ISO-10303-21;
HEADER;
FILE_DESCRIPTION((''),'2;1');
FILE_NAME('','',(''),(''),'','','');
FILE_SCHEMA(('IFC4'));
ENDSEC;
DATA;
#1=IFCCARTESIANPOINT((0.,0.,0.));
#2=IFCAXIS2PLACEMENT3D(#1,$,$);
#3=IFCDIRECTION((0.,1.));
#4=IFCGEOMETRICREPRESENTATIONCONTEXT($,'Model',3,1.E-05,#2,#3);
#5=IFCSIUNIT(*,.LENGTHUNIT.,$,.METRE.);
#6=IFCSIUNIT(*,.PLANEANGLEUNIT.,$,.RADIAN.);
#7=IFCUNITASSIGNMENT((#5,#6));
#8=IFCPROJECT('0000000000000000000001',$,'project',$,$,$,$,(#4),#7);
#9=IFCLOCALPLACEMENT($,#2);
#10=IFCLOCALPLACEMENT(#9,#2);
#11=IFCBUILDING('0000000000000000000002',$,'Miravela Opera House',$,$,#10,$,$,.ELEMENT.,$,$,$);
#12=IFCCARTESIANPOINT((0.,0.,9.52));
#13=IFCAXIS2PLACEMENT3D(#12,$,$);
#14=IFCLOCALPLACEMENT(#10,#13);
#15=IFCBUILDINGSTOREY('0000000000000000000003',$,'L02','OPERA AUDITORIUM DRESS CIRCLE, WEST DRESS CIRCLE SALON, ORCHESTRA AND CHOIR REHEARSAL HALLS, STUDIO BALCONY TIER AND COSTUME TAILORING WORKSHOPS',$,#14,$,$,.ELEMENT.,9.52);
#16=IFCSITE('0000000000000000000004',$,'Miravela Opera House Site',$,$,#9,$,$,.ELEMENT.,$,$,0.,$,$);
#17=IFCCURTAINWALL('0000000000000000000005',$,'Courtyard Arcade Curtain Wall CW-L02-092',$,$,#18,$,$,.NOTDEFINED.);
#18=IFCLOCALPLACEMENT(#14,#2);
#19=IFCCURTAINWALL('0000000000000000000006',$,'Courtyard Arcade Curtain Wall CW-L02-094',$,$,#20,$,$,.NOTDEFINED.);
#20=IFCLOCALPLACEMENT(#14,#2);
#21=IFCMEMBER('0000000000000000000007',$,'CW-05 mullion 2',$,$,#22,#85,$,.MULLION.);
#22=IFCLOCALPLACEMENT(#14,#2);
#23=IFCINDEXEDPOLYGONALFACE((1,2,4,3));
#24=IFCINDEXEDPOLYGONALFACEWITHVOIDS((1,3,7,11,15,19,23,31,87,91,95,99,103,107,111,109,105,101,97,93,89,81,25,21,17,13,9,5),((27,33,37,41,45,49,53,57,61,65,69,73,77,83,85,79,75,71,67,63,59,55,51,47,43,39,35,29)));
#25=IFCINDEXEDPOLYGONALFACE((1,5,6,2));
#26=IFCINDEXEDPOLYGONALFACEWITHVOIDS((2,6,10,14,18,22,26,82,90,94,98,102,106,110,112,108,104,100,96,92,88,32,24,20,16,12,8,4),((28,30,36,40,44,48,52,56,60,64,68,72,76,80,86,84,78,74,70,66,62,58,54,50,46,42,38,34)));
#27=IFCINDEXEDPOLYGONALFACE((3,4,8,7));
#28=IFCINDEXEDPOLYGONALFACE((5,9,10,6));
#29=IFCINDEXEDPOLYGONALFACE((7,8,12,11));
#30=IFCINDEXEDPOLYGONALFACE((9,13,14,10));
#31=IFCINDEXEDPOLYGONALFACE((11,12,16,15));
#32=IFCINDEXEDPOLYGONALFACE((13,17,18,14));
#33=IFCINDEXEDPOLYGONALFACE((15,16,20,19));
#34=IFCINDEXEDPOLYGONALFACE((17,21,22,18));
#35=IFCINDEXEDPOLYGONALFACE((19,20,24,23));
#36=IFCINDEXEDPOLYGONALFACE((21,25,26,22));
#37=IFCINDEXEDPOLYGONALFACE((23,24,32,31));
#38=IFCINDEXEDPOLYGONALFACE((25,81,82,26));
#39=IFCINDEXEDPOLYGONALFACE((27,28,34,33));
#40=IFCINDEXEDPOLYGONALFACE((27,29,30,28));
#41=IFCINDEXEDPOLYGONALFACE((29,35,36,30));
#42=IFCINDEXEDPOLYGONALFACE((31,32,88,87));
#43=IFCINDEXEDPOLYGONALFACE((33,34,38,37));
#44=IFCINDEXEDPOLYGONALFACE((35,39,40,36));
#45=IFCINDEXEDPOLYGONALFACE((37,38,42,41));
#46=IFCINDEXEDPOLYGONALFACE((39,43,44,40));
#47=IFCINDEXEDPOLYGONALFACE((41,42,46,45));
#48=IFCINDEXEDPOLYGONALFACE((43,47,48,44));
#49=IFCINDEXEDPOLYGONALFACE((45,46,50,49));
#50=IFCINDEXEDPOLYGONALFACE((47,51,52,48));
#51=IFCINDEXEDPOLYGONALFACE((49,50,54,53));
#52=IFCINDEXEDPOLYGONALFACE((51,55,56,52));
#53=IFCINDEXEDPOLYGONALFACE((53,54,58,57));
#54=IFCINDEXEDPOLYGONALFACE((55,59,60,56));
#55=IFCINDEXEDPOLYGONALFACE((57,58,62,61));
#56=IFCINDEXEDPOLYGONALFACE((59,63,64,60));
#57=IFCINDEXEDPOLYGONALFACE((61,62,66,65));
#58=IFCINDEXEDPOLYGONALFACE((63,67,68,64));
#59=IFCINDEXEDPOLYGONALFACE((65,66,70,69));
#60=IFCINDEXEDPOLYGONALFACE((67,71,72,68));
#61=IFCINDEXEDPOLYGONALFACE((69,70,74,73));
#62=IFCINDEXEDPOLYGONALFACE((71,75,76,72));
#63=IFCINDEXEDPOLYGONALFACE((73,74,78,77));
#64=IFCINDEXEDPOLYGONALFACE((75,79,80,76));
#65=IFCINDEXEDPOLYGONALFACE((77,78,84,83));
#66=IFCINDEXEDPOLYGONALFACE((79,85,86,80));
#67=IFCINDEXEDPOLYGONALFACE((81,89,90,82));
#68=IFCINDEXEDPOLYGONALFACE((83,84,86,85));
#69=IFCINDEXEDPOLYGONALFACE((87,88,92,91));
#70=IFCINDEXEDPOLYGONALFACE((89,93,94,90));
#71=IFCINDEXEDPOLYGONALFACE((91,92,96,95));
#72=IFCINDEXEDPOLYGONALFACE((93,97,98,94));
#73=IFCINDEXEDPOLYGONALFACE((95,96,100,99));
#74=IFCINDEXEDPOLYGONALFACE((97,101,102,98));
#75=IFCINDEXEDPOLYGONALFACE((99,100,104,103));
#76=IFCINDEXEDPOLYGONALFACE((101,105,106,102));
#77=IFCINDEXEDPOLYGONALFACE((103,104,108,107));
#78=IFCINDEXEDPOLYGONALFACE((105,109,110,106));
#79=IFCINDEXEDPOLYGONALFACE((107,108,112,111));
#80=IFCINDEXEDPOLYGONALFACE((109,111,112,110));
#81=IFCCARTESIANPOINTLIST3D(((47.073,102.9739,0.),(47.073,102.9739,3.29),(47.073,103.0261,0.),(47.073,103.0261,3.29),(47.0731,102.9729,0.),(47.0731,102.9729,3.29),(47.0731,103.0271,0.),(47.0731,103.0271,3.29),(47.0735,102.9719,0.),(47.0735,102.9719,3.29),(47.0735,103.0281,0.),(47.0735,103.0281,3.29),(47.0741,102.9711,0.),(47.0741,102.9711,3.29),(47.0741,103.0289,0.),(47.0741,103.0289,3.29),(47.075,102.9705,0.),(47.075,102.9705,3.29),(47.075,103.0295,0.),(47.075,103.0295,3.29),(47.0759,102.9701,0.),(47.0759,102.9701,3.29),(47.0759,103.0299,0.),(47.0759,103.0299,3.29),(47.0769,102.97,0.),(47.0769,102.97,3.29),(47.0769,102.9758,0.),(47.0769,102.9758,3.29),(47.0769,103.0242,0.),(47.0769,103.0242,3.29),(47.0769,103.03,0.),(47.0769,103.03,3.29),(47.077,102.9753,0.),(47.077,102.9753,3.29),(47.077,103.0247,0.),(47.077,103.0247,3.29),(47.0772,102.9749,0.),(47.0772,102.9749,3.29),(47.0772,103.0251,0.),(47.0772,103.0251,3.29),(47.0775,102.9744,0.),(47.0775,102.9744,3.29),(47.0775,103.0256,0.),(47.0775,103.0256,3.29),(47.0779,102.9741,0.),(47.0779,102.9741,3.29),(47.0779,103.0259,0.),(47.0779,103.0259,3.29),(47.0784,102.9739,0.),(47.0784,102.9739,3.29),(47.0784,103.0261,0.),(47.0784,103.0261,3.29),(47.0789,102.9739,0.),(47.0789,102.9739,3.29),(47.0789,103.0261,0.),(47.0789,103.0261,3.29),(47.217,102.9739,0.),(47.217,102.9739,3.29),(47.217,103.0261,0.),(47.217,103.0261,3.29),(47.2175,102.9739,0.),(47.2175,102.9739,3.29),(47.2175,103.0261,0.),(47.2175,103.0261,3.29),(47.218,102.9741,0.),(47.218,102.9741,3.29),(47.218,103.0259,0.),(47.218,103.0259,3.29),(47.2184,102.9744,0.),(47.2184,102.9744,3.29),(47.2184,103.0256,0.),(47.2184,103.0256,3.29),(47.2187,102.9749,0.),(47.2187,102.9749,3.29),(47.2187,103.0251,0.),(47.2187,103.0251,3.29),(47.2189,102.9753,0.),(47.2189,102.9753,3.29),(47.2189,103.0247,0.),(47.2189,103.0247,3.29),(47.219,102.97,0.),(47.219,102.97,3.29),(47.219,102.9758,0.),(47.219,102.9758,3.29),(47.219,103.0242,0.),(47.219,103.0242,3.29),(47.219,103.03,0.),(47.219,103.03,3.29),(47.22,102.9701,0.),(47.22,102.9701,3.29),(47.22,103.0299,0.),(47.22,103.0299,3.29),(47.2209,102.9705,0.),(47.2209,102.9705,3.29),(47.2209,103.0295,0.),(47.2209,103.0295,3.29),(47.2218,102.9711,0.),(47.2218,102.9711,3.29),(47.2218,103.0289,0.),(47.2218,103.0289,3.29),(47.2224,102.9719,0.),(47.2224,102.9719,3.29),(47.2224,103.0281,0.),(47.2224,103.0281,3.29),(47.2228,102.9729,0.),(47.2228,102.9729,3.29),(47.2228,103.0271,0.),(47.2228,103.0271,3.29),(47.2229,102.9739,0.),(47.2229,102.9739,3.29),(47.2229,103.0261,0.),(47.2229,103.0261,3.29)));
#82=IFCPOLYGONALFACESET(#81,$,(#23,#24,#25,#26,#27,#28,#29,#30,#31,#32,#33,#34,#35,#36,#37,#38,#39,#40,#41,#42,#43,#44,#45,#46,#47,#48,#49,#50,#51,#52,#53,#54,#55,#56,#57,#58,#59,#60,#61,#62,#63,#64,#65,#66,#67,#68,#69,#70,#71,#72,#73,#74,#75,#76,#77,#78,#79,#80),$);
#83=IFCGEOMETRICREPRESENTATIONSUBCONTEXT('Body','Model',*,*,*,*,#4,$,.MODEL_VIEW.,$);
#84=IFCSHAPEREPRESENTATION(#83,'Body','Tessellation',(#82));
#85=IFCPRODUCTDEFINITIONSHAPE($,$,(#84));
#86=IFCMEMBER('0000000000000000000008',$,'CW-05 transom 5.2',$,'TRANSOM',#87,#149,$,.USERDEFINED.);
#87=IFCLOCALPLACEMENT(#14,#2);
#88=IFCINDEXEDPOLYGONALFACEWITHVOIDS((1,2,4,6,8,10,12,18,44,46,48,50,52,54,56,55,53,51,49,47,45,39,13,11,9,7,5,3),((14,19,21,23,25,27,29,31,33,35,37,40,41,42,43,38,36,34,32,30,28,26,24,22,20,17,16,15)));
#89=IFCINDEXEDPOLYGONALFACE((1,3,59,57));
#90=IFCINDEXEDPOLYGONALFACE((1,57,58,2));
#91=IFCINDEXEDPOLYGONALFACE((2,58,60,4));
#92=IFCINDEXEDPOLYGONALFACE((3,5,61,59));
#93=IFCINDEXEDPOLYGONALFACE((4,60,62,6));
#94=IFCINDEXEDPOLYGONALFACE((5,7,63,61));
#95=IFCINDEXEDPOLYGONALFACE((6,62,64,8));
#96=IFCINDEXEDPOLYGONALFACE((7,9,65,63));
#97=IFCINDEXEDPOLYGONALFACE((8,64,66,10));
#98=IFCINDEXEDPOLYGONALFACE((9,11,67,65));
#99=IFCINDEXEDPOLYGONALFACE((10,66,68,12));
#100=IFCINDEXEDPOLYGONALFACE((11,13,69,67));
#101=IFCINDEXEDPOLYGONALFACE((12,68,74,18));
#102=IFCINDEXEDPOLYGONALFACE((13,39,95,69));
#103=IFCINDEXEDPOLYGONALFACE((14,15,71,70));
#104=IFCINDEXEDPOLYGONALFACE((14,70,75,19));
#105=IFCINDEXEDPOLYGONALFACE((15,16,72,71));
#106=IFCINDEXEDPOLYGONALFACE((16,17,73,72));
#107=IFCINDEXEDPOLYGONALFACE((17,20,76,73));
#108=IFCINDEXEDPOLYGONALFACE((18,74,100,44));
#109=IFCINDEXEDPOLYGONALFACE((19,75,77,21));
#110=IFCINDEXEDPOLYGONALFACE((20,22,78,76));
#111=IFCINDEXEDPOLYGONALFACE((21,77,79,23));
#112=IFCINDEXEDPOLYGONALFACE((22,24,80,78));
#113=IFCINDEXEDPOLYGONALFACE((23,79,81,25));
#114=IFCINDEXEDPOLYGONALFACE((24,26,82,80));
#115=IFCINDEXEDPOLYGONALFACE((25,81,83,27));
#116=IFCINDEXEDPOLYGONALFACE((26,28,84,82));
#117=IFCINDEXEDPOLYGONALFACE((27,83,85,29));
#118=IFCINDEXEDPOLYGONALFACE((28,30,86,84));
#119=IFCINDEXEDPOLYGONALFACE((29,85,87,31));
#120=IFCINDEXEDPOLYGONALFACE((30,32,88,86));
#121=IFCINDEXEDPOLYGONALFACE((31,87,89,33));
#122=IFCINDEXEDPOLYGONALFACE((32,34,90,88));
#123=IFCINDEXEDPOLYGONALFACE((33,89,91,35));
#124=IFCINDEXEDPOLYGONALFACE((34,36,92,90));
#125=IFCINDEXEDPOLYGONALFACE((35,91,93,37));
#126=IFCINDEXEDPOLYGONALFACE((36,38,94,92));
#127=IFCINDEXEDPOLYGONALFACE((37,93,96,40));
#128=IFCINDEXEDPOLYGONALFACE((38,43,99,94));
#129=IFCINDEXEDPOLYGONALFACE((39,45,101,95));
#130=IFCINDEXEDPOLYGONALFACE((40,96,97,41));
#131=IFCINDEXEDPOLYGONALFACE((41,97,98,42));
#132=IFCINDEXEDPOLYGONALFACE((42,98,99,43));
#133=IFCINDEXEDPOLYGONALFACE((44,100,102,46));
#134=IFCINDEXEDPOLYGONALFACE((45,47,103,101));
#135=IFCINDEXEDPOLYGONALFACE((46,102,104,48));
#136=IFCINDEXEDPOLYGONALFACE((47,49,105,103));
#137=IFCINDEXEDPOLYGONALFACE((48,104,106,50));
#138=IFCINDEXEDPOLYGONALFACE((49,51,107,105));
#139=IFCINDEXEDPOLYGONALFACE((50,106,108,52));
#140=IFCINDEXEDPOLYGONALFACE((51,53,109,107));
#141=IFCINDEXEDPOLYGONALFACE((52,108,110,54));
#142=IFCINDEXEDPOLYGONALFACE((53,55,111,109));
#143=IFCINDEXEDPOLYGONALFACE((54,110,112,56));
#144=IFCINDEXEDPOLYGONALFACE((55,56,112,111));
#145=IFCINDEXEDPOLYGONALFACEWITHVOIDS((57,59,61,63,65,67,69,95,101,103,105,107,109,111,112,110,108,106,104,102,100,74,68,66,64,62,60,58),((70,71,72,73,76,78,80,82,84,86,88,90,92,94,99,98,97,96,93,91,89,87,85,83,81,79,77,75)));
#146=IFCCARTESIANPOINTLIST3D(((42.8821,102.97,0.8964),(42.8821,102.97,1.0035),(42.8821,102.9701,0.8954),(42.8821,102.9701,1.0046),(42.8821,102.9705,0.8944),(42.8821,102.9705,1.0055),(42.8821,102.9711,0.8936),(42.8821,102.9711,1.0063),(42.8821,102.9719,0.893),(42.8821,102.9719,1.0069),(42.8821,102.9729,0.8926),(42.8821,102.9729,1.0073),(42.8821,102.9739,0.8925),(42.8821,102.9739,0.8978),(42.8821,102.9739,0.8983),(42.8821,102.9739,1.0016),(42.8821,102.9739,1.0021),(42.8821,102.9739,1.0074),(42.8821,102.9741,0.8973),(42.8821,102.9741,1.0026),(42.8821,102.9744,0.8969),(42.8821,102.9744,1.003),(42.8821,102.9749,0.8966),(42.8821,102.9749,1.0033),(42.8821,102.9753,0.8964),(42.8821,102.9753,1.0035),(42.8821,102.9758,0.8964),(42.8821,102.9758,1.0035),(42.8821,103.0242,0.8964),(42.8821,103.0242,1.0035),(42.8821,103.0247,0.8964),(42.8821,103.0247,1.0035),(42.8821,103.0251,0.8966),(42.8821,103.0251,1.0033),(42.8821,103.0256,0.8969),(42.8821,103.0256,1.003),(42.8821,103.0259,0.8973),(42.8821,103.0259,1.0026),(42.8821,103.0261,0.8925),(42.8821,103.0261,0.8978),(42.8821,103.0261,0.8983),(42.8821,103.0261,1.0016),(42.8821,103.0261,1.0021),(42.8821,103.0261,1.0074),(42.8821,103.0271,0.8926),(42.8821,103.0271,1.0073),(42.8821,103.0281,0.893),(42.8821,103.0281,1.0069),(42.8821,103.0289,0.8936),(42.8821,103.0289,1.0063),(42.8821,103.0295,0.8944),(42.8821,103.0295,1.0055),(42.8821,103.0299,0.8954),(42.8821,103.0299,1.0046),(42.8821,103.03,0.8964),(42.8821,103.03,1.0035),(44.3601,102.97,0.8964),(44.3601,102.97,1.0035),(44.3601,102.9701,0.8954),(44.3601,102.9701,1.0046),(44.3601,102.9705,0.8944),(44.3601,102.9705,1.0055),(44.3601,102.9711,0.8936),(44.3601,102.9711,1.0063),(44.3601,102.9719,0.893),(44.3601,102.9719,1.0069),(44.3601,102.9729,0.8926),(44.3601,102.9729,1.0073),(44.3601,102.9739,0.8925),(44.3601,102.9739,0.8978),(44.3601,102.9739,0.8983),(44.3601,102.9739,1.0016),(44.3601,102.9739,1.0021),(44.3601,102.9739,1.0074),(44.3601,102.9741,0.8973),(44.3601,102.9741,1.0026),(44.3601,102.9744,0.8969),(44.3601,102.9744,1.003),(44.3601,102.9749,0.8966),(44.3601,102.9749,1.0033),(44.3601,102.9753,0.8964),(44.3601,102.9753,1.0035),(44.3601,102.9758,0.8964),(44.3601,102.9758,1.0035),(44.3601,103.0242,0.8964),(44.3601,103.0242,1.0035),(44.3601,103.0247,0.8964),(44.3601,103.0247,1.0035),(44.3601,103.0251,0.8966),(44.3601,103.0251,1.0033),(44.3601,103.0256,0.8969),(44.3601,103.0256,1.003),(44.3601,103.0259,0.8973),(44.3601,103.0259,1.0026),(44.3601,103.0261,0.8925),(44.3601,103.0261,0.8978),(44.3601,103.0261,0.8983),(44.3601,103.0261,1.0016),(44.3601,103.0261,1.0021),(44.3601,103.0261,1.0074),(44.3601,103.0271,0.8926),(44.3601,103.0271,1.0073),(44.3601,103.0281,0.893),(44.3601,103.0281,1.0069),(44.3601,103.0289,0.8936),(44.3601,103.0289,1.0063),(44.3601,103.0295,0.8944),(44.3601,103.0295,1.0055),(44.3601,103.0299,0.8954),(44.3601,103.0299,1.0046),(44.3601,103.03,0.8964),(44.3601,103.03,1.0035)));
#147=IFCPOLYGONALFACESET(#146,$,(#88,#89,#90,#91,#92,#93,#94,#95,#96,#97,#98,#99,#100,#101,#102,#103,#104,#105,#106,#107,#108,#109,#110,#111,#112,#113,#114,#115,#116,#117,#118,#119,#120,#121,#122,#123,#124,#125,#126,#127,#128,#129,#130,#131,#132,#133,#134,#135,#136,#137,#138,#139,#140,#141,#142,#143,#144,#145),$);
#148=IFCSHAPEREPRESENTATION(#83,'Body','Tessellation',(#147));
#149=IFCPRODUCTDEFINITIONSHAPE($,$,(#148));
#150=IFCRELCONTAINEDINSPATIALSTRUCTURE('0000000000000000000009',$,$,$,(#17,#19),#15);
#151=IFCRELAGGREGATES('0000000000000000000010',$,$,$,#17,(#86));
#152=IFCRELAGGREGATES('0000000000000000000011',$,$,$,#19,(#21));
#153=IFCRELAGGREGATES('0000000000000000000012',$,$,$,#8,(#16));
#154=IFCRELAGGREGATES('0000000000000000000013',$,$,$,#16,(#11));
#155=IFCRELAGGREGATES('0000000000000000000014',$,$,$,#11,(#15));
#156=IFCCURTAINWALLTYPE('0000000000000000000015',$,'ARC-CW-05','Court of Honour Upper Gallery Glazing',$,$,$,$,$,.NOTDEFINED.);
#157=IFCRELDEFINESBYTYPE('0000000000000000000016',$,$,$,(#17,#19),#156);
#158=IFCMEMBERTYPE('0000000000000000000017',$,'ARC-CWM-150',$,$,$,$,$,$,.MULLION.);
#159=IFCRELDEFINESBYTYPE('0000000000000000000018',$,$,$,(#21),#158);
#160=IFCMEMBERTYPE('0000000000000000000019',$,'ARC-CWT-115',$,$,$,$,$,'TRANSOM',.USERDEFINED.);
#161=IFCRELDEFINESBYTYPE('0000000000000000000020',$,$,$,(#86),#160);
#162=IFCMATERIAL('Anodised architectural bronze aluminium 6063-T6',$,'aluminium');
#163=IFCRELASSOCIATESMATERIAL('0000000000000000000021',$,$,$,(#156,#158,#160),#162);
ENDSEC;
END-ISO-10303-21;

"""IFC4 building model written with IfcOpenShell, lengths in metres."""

from ifc_helpers import new_model, si_unit, direction, frame, origin, origin_2d, place, context, subcontext, project, spatial, hollow_rectangle, extrude, material, material_profile, profile_set, type_object, element, aggregate, save


model = new_model("IFC4")

# Units and contexts
model_context = context("Model", 3, precision=1e-05, world=origin(), true_north=direction((0.0, 1.0)))
body_context = subcontext(model_context, "Body", "Model", "MODEL_VIEW")
ifc_project = project(units=[si_unit("LENGTHUNIT", "METRE"), si_unit("PLANEANGLEUNIT", "RADIAN")], contexts=[model_context])

# Site, building, storey
site_placement = place(None, origin())
site = spatial("IfcSite", under=ifc_project, at=site_placement, Name="Miravela Opera House Site", CompositionType="ELEMENT", RefElevation=0.0)
building_placement = place(site_placement, origin())
building = spatial("IfcBuilding", under=site, at=building_placement, Name="Miravela Opera House", CompositionType="ELEMENT")
storey_placement = place(building_placement, frame((0.0, 0.0, 9.52)))
storey = spatial("IfcBuildingStorey", under=building, at=storey_placement, Name="L02", Description="OPERA AUDITORIUM DRESS CIRCLE, WEST DRESS CIRCLE SALON, ORCHESTRA AND CHOIR REHEARSAL HALLS, STUDIO BALCONY TIER AND COSTUME TAILORING WORKSHOPS", CompositionType="ELEMENT", Elevation=9.52)

# Curtain wall
ifc_material_1 = material(Name="Anodised architectural bronze aluminium 6063-T6", Category="aluminium")
curtain_wall_type = type_object("IfcCurtainWallType", Name="ARC-CW-05", Description="Court of Honour Upper Gallery Glazing", PredefinedType="NOTDEFINED", material=ifc_material_1)
curtain_wall_1_placement = place(storey_placement, origin())
curtain_wall_1 = element("IfcCurtainWall", 1, at=curtain_wall_1_placement, inside=storey, type_object=curtain_wall_type, Name="Courtyard Arcade Curtain Wall CW-L02-092", PredefinedType="NOTDEFINED")
ifc_material_profile_1 = material_profile(ifc_material_1, hollow_rectangle(XDim=0.0601, YDim=0.1499, WallThickness=0.0039, InnerFilletRadius=0.002, OuterFilletRadius=0.0039, at=origin_2d()), Name="CWM-60X150")
ifc_profile_set_1 = profile_set([ifc_material_profile_1])
member_type_1 = type_object("IfcMemberType", Name="ARC-CWM-150", PredefinedType="MULLION", material=ifc_profile_set_1)

# Curtain wall, member
curtain_wall_2_placement = place(storey_placement, origin())
curtain_wall_2 = element("IfcCurtainWall", 2, at=curtain_wall_2_placement, inside=storey, type_object=curtain_wall_type, Name="Courtyard Arcade Curtain Wall CW-L02-094", PredefinedType="NOTDEFINED")
member_1_placement = place(storey_placement, frame((47.1479, 103.0, 0.0), z_axis=(0.0, 0.0, 1.0), x_axis=(0.0, 1.0, 0.0)))
member_1 = element("IfcMember", 3, at=member_1_placement, type_object=member_type_1, Name="CW-05 mullion 2", PredefinedType="MULLION", context=body_context, shape_type="SweptSolid", body=[
    extrude(hollow_rectangle(XDim=0.0601, YDim=0.1499, WallThickness=0.0039, InnerFilletRadius=0.002, OuterFilletRadius=0.0039, at=origin_2d()), origin(), (0.0, 0.0, 1.0), 3.29),
])

# Member
ifc_material_profile_2 = material_profile(ifc_material_1, hollow_rectangle(XDim=0.0601, YDim=0.115, WallThickness=0.0039, InnerFilletRadius=0.002, OuterFilletRadius=0.0039, at=origin_2d()), Name="CWT-60X115")
ifc_profile_set_2 = profile_set([ifc_material_profile_2])
member_type_2 = type_object("IfcMemberType", Name="ARC-CWT-115", ElementType="TRANSOM", PredefinedType="USERDEFINED", material=ifc_profile_set_2)
member_2_placement = place(storey_placement, frame((42.8821, 103.0, 0.95), z_axis=(1.0, 0.0, 0.0), x_axis=(0.0, 1.0, 0.0)))
member_2 = element("IfcMember", 4, at=member_2_placement, type_object=member_type_2, Name="CW-05 transom 5.2", ObjectType="TRANSOM", PredefinedType="USERDEFINED", context=body_context, shape_type="SweptSolid", body=[
    extrude(hollow_rectangle(XDim=0.0601, YDim=0.115, WallThickness=0.0039, InnerFilletRadius=0.002, OuterFilletRadius=0.0039, at=origin_2d()), origin(), (0.0, 0.0, 1.0), 1.478),
])

aggregate(curtain_wall_1, [member_2])
aggregate(curtain_wall_2, [member_1])

save(model, "model.ifc")
